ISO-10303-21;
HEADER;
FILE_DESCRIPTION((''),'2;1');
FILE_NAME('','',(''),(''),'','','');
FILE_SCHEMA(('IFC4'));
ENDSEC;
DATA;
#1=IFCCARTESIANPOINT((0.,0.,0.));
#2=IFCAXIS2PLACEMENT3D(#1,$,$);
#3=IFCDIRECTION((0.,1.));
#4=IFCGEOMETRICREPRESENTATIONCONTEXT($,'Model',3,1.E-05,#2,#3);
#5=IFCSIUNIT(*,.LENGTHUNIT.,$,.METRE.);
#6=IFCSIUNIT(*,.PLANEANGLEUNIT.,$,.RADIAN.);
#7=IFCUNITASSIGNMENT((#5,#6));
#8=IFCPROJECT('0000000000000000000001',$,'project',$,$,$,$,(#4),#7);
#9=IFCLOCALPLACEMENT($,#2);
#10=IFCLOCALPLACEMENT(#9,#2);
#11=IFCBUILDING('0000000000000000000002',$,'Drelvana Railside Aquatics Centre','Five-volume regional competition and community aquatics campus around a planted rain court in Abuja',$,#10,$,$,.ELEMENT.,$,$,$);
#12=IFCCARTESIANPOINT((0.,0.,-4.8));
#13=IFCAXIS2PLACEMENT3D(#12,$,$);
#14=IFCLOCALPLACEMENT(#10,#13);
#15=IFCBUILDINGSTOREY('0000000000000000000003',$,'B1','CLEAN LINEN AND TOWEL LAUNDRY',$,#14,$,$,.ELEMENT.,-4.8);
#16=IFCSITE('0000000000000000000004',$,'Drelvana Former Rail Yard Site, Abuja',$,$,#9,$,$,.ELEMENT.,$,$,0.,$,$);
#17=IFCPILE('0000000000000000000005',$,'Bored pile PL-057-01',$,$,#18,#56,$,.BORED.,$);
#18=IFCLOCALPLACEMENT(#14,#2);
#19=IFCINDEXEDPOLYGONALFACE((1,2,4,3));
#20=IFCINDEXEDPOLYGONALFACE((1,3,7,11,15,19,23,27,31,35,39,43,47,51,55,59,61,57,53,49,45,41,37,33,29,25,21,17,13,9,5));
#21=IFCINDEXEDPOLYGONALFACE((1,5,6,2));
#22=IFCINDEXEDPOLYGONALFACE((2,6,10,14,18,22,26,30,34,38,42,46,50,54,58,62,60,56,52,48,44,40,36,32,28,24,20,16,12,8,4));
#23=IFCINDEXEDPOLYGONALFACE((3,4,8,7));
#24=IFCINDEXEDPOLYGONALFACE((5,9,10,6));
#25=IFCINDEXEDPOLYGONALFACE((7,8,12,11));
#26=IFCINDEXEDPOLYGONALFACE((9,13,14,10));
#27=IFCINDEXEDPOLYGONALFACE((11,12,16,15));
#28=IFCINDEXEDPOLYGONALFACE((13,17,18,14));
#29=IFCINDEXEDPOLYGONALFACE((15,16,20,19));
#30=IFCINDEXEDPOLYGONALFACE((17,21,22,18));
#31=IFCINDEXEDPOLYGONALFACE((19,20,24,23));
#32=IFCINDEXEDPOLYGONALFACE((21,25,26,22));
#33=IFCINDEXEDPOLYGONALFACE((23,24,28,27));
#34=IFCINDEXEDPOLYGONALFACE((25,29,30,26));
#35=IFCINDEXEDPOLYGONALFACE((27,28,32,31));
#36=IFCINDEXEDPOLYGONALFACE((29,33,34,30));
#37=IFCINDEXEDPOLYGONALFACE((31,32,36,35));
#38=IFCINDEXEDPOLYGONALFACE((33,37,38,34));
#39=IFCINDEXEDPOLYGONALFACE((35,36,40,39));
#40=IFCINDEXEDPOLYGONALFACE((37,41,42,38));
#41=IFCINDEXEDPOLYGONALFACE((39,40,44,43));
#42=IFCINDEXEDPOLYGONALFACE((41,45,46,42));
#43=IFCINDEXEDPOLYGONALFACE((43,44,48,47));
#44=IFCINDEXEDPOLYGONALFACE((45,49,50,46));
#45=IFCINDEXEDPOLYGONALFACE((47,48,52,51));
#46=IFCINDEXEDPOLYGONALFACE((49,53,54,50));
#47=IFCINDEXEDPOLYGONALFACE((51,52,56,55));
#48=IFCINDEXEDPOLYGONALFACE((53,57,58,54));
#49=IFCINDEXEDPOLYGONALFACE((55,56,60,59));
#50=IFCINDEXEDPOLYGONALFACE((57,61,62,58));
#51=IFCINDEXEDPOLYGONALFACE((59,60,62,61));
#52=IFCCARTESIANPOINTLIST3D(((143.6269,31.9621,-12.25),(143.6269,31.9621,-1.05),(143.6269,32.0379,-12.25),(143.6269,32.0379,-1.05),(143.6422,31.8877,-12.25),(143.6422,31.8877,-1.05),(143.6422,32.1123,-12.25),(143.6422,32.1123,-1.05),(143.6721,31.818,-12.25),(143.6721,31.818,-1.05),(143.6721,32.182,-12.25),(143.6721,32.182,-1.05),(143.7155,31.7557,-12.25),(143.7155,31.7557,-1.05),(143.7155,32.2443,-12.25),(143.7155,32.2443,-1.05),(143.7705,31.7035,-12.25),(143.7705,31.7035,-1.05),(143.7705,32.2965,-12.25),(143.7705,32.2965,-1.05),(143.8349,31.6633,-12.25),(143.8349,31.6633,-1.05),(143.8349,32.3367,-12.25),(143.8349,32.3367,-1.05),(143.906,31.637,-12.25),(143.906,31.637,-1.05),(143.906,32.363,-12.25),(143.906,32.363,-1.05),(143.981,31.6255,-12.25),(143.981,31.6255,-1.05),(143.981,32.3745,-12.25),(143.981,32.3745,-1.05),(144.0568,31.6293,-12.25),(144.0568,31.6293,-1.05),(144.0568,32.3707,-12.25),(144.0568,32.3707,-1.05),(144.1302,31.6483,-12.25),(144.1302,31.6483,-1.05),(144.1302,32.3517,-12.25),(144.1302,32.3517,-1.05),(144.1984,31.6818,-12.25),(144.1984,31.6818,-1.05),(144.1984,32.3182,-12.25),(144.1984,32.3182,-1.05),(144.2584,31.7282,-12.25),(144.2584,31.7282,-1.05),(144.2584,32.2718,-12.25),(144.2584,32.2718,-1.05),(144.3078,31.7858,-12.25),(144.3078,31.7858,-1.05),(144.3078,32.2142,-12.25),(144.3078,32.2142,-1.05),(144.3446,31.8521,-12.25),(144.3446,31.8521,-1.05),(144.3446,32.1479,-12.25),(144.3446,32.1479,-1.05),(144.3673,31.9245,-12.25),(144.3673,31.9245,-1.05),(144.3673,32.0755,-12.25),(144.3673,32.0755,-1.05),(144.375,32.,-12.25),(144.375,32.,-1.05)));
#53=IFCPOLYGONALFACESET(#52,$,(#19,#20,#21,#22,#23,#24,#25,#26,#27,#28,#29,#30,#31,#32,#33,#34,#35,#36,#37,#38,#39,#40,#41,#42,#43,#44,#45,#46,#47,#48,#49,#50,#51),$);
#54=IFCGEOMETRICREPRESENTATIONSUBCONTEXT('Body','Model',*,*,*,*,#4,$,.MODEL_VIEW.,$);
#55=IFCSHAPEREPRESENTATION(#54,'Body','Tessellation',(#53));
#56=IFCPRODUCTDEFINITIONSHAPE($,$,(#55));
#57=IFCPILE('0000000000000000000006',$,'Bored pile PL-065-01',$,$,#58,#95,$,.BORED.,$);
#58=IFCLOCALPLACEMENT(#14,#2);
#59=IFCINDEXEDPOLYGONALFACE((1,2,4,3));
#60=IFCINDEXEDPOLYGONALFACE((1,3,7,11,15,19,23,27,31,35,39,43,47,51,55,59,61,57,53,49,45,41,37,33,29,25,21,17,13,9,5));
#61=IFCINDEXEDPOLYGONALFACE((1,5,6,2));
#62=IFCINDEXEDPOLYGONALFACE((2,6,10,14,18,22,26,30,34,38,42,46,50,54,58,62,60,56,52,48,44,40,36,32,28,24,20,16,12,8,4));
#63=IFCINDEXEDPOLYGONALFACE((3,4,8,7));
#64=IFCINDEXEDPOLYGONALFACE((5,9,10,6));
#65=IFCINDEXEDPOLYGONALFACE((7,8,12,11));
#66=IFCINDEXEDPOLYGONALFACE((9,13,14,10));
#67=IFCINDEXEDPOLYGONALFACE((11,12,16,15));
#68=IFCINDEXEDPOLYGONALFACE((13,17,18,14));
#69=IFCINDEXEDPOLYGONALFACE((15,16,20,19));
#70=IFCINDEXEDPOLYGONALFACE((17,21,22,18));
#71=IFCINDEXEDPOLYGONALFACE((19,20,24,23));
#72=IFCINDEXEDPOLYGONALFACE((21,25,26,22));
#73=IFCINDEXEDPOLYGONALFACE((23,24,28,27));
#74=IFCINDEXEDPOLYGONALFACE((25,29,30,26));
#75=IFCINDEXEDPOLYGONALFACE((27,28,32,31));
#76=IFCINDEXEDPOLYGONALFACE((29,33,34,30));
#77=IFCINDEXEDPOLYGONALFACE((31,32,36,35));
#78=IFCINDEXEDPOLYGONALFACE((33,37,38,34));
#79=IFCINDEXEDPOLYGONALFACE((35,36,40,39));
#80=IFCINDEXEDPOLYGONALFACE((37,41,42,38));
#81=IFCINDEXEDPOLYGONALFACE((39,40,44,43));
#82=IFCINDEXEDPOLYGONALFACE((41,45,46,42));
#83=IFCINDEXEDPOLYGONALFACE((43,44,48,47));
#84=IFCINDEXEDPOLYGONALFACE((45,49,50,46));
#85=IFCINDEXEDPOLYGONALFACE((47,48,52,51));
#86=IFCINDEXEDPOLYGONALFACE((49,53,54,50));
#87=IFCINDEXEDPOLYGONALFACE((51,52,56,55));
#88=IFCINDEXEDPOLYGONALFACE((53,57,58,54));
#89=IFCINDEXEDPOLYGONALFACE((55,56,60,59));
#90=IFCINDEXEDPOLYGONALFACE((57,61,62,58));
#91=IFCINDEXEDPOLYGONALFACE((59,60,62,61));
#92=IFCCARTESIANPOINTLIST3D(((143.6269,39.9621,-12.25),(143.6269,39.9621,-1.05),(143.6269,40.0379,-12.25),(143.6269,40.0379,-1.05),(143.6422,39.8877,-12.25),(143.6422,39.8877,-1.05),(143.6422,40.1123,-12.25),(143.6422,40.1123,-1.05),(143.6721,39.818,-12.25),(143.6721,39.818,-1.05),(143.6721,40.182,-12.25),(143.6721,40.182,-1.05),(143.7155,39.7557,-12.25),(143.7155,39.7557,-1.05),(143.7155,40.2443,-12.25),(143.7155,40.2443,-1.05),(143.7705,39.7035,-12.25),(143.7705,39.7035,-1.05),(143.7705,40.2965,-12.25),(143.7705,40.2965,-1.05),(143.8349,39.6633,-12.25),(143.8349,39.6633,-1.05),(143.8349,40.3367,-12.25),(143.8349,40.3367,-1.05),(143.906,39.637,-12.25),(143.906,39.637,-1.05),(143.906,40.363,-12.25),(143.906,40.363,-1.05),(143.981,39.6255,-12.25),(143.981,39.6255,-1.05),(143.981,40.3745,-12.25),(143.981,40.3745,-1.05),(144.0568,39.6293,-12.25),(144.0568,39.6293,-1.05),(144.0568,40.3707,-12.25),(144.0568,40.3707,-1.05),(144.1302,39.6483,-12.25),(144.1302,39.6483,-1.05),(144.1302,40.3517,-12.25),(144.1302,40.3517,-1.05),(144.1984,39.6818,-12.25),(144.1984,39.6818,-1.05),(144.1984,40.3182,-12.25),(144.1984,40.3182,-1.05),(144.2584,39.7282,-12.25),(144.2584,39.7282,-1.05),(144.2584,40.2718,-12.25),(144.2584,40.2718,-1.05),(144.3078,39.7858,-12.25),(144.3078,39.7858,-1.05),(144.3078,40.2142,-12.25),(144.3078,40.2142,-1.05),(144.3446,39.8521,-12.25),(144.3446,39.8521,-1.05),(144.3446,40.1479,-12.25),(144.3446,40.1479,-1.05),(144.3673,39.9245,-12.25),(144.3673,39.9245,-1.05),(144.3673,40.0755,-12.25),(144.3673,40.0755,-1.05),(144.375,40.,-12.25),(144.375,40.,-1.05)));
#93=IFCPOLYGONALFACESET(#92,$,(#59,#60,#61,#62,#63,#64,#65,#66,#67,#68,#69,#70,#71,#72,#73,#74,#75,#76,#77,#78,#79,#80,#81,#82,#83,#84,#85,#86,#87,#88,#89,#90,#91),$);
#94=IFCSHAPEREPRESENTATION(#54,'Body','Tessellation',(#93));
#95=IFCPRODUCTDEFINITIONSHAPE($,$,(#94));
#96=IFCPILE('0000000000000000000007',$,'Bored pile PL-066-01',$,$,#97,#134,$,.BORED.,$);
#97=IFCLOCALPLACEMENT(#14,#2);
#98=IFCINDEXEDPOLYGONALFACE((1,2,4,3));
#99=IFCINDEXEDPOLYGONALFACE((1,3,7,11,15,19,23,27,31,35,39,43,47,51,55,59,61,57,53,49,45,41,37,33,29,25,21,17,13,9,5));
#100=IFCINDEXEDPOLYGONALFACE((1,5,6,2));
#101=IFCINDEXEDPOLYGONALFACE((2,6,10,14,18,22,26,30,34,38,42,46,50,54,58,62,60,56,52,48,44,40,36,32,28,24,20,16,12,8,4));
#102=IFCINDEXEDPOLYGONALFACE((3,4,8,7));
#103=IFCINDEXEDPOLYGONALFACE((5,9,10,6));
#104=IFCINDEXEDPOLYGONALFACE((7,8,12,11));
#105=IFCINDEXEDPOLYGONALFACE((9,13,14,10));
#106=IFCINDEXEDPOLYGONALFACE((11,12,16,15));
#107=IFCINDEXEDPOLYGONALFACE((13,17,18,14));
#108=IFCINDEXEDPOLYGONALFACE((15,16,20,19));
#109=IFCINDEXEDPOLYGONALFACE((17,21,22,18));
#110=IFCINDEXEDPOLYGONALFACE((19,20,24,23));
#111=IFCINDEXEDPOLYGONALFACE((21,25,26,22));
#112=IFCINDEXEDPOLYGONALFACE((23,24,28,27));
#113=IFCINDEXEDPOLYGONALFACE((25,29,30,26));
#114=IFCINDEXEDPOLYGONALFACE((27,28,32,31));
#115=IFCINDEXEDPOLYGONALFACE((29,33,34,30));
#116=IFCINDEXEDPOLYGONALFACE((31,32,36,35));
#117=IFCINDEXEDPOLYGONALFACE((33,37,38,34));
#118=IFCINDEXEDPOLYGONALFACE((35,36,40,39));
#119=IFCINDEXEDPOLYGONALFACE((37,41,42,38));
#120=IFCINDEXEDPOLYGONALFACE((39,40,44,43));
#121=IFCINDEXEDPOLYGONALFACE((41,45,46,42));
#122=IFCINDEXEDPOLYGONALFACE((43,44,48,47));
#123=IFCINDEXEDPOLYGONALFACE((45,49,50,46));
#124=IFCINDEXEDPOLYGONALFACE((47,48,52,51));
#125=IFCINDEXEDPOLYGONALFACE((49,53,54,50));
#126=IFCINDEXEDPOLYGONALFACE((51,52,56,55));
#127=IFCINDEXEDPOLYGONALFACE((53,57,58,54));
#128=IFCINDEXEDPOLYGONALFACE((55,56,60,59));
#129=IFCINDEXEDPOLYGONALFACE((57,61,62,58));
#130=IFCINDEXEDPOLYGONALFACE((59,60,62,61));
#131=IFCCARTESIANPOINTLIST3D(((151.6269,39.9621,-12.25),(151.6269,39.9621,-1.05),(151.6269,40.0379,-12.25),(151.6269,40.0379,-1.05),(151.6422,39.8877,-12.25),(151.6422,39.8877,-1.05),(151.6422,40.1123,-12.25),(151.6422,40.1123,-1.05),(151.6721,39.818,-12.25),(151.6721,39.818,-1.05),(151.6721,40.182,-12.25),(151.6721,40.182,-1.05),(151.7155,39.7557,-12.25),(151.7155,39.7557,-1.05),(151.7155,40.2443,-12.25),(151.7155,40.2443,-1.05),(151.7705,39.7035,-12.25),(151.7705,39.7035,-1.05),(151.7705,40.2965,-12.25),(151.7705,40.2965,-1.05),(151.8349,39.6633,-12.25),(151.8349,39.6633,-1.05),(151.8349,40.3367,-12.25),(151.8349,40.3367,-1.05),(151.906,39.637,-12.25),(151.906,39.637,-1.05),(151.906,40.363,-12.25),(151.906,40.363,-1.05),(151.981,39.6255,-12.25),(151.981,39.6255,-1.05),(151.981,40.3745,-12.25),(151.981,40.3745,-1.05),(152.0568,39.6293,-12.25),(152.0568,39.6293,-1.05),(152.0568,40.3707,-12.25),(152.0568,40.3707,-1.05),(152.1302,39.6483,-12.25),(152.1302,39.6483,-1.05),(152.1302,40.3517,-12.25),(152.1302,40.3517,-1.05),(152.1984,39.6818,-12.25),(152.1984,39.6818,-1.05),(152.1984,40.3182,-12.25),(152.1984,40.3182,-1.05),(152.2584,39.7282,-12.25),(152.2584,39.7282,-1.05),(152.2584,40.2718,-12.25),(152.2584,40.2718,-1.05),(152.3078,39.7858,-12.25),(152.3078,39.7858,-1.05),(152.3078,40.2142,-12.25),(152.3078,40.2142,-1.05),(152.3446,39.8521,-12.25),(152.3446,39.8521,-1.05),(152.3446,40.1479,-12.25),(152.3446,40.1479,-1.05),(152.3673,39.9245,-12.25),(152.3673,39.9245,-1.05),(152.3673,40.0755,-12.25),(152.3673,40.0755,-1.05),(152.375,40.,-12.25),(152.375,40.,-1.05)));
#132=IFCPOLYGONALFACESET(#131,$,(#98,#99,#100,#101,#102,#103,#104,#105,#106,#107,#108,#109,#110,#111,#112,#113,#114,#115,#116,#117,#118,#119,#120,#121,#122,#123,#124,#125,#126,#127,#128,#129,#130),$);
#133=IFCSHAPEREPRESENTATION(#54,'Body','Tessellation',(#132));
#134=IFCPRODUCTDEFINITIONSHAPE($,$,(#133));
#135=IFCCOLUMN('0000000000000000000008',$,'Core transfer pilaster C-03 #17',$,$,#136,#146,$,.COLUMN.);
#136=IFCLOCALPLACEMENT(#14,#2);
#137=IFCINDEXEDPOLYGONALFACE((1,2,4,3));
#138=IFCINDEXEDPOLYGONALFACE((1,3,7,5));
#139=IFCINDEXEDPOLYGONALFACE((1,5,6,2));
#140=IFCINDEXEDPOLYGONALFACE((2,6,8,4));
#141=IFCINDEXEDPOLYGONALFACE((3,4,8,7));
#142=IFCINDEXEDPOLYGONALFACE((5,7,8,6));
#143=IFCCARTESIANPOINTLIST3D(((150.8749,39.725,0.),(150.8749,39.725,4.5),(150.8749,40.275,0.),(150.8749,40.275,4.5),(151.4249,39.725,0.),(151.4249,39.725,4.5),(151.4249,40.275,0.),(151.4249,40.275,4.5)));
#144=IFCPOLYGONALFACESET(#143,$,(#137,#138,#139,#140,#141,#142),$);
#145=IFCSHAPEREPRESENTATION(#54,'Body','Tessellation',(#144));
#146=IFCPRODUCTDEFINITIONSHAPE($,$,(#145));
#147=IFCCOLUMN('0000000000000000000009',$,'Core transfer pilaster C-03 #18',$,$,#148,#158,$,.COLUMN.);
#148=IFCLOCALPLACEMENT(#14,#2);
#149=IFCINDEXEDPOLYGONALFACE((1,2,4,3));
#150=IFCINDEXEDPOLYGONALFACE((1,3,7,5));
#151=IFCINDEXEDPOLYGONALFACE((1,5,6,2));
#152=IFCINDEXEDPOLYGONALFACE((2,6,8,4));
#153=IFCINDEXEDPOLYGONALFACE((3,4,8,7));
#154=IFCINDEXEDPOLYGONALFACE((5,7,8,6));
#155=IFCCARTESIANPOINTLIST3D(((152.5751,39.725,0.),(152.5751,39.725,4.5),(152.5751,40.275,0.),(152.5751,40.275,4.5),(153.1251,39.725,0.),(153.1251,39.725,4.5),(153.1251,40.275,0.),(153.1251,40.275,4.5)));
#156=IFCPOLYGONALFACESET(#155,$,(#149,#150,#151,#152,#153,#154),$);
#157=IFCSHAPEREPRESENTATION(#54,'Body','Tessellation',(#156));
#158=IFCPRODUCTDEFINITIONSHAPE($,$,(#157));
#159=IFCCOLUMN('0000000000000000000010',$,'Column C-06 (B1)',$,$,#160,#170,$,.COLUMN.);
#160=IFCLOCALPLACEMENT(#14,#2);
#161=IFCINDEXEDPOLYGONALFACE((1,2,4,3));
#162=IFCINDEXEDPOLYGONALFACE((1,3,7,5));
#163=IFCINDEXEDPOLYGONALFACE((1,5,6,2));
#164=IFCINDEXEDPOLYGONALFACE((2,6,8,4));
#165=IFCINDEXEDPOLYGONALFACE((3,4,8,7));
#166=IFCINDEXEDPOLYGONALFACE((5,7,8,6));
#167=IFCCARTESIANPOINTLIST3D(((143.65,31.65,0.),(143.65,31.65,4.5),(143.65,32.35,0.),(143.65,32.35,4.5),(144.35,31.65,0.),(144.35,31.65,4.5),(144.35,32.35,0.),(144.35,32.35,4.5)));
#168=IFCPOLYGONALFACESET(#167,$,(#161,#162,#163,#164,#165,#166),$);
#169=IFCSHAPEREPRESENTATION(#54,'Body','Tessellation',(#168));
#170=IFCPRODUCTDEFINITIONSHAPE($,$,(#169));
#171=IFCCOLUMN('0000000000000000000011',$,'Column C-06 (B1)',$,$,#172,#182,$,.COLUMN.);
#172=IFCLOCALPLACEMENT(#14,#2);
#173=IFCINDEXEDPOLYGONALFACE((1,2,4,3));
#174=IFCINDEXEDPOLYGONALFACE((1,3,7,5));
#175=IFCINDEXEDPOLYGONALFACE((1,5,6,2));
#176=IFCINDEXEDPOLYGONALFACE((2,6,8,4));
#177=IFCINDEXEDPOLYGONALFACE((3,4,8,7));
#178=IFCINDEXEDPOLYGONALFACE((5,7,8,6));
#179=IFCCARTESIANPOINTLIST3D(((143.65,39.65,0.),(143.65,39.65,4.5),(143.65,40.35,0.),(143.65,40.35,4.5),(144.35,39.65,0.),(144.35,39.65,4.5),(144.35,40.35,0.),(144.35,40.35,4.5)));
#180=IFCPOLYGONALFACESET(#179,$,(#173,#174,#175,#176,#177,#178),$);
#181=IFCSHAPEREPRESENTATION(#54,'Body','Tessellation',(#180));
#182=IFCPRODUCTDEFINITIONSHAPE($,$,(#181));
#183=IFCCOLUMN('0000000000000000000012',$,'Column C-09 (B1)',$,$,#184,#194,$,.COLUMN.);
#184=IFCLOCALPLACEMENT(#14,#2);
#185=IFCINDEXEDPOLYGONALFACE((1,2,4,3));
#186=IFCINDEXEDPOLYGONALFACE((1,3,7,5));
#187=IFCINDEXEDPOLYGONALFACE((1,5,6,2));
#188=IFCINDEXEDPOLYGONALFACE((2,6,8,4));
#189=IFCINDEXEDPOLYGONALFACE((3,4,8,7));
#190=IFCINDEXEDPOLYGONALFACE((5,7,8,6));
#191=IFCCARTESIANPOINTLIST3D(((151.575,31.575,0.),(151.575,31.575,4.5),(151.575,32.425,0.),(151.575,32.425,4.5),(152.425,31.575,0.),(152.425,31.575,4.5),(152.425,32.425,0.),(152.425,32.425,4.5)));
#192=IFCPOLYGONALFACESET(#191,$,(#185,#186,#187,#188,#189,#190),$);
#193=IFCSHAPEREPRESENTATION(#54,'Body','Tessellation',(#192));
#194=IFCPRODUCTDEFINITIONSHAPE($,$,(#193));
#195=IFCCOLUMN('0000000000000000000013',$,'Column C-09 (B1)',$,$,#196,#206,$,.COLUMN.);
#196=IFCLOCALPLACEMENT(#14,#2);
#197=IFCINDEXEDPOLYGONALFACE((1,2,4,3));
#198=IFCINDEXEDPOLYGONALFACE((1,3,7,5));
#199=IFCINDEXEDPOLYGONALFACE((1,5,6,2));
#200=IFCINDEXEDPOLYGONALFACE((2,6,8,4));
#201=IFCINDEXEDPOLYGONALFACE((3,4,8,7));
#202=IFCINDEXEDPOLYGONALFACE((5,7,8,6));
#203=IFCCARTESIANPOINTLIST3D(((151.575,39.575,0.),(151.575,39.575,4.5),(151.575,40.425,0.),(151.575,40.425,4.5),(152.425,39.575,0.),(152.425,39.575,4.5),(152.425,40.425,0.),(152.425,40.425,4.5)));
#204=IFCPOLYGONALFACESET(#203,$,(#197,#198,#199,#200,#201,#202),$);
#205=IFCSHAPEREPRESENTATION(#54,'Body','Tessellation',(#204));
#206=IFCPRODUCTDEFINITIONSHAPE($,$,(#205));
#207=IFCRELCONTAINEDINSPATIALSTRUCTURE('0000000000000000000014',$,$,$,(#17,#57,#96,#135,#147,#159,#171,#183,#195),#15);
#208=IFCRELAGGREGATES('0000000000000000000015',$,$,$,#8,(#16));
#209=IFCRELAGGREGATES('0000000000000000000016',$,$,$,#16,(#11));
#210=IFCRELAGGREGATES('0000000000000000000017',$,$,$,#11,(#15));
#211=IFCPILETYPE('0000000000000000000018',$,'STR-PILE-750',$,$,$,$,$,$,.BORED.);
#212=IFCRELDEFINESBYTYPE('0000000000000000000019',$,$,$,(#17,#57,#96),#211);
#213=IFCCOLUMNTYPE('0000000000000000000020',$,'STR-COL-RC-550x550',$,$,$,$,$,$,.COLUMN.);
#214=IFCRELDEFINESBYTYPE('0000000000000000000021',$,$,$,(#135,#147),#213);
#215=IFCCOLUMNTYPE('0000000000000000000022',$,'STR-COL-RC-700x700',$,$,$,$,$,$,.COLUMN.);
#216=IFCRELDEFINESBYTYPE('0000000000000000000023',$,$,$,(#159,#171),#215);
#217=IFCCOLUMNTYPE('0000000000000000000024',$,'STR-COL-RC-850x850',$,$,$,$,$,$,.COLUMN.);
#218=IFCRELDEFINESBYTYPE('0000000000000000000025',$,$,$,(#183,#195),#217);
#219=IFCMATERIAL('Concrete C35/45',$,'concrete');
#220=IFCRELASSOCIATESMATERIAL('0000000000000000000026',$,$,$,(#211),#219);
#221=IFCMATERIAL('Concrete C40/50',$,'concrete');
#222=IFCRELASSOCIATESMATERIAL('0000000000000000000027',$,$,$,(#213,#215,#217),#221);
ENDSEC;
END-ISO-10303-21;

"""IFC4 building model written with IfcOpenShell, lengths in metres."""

from ifc_helpers import new_model, si_unit, direction, frame, origin, origin_2d, place, context, subcontext, project, spatial, rectangle, circle, extrude, material, material_profile, profile_set, type_object, element, save


model = new_model("IFC4")

# Units and contexts
model_context = context("Model", 3, precision=1e-05, world=origin(), true_north=direction((0.0, 1.0)))
body_context = subcontext(model_context, "Body", "Model", "MODEL_VIEW")
ifc_project = project(units=[si_unit("LENGTHUNIT", "METRE"), si_unit("PLANEANGLEUNIT", "RADIAN")], contexts=[model_context])

# Site, building, storey
site_placement = place(None, origin())
site = spatial("IfcSite", under=ifc_project, at=site_placement, Name="Drelvana Former Rail Yard Site, Abuja", CompositionType="ELEMENT", RefElevation=0.0)
building_placement = place(site_placement, origin())
building = spatial("IfcBuilding", under=site, at=building_placement, Name="Drelvana Railside Aquatics Centre", Description="Five-volume regional competition and community aquatics campus around a planted rain court in Abuja", CompositionType="ELEMENT")
storey_placement = place(building_placement, frame((0.0, 0.0, -4.8)))
storey = spatial("IfcBuildingStorey", under=building, at=storey_placement, Name="B1", Description="CLEAN LINEN AND TOWEL LAUNDRY", CompositionType="ELEMENT", Elevation=-4.8)

# Shared definitions
ifc_material_1 = material(Name="Concrete C35/45", Category="concrete")

# Piles
ifc_material_profile_1 = material_profile(ifc_material_1, circle(Radius=0.375, at=origin_2d()), Name="PILE D750")
ifc_profile_set_1 = profile_set([ifc_material_profile_1], Name="Concrete C35/45")
pile_type_1 = type_object("IfcPileType", Name="STR-PILE-750", PredefinedType="BORED", material=ifc_profile_set_1)
for number, where, z_axis, x_axis, name in (
    (1, (144.0, 32.0, -1.05), (0.0, 0.0, -1.0), (1.0, 0.0, 0.0), "Bored pile PL-057-01"),
    (2, (144.0, 40.0, -1.05), (0.0, 0.0, -1.0), (1.0, 0.0, 0.0), "Bored pile PL-065-01"),
    (3, (152.0, 40.0, -1.05), (0.0, 0.0, -1.0), (1.0, 0.0, 0.0), "Bored pile PL-066-01"),
):
    element("IfcPile", number, at=place(storey_placement, frame(where, z_axis=z_axis, x_axis=x_axis)), inside=storey, type_object=pile_type_1, Name=name, PredefinedType="BORED", context=body_context, shape_type="SweptSolid", body=[
        extrude(circle(Radius=0.375, at=origin_2d()), origin(), (0.0, 0.0, 1.0), 11.2),
    ])

# Columns
ifc_material_2 = material(Name="Concrete C40/50", Category="concrete")
ifc_material_profile_2 = material_profile(ifc_material_2, rectangle(XDim=0.55, YDim=0.55, at=origin_2d()), Name="RC 550x550")
ifc_profile_set_2 = profile_set([ifc_material_profile_2], Name="Concrete C40/50")
column_type_1 = type_object("IfcColumnType", Name="STR-COL-RC-550x550", PredefinedType="COLUMN", material=ifc_profile_set_2)
for number, where, z_axis, x_axis, name in (
    (4, (151.1499, 40.0, 0.0), (0.0, 0.0, 1.0), (1.0, 0.0, 0.0), "Core transfer pilaster C-03 #17"),
    (5, (152.8501, 40.0, 0.0), (0.0, 0.0, 1.0), (1.0, 0.0, 0.0), "Core transfer pilaster C-03 #18"),
):
    element("IfcColumn", number, at=place(storey_placement, frame(where, z_axis=z_axis, x_axis=x_axis)), inside=storey, type_object=column_type_1, Name=name, PredefinedType="COLUMN", context=body_context, shape_type="SweptSolid", body=[
        extrude(rectangle(XDim=0.55, YDim=0.55, at=origin_2d()), origin(), (0.0, 0.0, 1.0), 4.5),
    ])
ifc_material_profile_3 = material_profile(ifc_material_2, rectangle(XDim=0.7, YDim=0.7, at=origin_2d()), Name="RC 700x700")
ifc_profile_set_3 = profile_set([ifc_material_profile_3], Name="Concrete C40/50")
column_type_2 = type_object("IfcColumnType", Name="STR-COL-RC-700x700", PredefinedType="COLUMN", material=ifc_profile_set_3)
for number, where, z_axis, x_axis, name in (
    (6, (144.0, 32.0, 0.0), (0.0, 0.0, 1.0), (1.0, 0.0, 0.0), "Column C-06 (B1)"),
    (7, (144.0, 40.0, 0.0), (0.0, 0.0, 1.0), (1.0, 0.0, 0.0), "Column C-06 (B1)"),
):
    element("IfcColumn", number, at=place(storey_placement, frame(where, z_axis=z_axis, x_axis=x_axis)), inside=storey, type_object=column_type_2, Name=name, PredefinedType="COLUMN", context=body_context, shape_type="SweptSolid", body=[
        extrude(rectangle(XDim=0.7, YDim=0.7, at=origin_2d()), origin(), (0.0, 0.0, 1.0), 4.5),
    ])
ifc_material_profile_4 = material_profile(ifc_material_2, rectangle(XDim=0.8501, YDim=0.8501, at=origin_2d()), Name="RC 850x850")
ifc_profile_set_4 = profile_set([ifc_material_profile_4], Name="Concrete C40/50")
column_type_3 = type_object("IfcColumnType", Name="STR-COL-RC-850x850", PredefinedType="COLUMN", material=ifc_profile_set_4)
for number, where, z_axis, x_axis, name in (
    (8, (152.0, 32.0, 0.0), (0.0, 0.0, 1.0), (1.0, 0.0, 0.0), "Column C-09 (B1)"),
    (9, (152.0, 40.0, 0.0), (0.0, 0.0, 1.0), (1.0, 0.0, 0.0), "Column C-09 (B1)"),
):
    element("IfcColumn", number, at=place(storey_placement, frame(where, z_axis=z_axis, x_axis=x_axis)), inside=storey, type_object=column_type_3, Name=name, PredefinedType="COLUMN", context=body_context, shape_type="SweptSolid", body=[
        extrude(rectangle(XDim=0.8501, YDim=0.8501, at=origin_2d()), origin(), (0.0, 0.0, 1.0), 4.5),
    ])

save(model, "model.ifc")
